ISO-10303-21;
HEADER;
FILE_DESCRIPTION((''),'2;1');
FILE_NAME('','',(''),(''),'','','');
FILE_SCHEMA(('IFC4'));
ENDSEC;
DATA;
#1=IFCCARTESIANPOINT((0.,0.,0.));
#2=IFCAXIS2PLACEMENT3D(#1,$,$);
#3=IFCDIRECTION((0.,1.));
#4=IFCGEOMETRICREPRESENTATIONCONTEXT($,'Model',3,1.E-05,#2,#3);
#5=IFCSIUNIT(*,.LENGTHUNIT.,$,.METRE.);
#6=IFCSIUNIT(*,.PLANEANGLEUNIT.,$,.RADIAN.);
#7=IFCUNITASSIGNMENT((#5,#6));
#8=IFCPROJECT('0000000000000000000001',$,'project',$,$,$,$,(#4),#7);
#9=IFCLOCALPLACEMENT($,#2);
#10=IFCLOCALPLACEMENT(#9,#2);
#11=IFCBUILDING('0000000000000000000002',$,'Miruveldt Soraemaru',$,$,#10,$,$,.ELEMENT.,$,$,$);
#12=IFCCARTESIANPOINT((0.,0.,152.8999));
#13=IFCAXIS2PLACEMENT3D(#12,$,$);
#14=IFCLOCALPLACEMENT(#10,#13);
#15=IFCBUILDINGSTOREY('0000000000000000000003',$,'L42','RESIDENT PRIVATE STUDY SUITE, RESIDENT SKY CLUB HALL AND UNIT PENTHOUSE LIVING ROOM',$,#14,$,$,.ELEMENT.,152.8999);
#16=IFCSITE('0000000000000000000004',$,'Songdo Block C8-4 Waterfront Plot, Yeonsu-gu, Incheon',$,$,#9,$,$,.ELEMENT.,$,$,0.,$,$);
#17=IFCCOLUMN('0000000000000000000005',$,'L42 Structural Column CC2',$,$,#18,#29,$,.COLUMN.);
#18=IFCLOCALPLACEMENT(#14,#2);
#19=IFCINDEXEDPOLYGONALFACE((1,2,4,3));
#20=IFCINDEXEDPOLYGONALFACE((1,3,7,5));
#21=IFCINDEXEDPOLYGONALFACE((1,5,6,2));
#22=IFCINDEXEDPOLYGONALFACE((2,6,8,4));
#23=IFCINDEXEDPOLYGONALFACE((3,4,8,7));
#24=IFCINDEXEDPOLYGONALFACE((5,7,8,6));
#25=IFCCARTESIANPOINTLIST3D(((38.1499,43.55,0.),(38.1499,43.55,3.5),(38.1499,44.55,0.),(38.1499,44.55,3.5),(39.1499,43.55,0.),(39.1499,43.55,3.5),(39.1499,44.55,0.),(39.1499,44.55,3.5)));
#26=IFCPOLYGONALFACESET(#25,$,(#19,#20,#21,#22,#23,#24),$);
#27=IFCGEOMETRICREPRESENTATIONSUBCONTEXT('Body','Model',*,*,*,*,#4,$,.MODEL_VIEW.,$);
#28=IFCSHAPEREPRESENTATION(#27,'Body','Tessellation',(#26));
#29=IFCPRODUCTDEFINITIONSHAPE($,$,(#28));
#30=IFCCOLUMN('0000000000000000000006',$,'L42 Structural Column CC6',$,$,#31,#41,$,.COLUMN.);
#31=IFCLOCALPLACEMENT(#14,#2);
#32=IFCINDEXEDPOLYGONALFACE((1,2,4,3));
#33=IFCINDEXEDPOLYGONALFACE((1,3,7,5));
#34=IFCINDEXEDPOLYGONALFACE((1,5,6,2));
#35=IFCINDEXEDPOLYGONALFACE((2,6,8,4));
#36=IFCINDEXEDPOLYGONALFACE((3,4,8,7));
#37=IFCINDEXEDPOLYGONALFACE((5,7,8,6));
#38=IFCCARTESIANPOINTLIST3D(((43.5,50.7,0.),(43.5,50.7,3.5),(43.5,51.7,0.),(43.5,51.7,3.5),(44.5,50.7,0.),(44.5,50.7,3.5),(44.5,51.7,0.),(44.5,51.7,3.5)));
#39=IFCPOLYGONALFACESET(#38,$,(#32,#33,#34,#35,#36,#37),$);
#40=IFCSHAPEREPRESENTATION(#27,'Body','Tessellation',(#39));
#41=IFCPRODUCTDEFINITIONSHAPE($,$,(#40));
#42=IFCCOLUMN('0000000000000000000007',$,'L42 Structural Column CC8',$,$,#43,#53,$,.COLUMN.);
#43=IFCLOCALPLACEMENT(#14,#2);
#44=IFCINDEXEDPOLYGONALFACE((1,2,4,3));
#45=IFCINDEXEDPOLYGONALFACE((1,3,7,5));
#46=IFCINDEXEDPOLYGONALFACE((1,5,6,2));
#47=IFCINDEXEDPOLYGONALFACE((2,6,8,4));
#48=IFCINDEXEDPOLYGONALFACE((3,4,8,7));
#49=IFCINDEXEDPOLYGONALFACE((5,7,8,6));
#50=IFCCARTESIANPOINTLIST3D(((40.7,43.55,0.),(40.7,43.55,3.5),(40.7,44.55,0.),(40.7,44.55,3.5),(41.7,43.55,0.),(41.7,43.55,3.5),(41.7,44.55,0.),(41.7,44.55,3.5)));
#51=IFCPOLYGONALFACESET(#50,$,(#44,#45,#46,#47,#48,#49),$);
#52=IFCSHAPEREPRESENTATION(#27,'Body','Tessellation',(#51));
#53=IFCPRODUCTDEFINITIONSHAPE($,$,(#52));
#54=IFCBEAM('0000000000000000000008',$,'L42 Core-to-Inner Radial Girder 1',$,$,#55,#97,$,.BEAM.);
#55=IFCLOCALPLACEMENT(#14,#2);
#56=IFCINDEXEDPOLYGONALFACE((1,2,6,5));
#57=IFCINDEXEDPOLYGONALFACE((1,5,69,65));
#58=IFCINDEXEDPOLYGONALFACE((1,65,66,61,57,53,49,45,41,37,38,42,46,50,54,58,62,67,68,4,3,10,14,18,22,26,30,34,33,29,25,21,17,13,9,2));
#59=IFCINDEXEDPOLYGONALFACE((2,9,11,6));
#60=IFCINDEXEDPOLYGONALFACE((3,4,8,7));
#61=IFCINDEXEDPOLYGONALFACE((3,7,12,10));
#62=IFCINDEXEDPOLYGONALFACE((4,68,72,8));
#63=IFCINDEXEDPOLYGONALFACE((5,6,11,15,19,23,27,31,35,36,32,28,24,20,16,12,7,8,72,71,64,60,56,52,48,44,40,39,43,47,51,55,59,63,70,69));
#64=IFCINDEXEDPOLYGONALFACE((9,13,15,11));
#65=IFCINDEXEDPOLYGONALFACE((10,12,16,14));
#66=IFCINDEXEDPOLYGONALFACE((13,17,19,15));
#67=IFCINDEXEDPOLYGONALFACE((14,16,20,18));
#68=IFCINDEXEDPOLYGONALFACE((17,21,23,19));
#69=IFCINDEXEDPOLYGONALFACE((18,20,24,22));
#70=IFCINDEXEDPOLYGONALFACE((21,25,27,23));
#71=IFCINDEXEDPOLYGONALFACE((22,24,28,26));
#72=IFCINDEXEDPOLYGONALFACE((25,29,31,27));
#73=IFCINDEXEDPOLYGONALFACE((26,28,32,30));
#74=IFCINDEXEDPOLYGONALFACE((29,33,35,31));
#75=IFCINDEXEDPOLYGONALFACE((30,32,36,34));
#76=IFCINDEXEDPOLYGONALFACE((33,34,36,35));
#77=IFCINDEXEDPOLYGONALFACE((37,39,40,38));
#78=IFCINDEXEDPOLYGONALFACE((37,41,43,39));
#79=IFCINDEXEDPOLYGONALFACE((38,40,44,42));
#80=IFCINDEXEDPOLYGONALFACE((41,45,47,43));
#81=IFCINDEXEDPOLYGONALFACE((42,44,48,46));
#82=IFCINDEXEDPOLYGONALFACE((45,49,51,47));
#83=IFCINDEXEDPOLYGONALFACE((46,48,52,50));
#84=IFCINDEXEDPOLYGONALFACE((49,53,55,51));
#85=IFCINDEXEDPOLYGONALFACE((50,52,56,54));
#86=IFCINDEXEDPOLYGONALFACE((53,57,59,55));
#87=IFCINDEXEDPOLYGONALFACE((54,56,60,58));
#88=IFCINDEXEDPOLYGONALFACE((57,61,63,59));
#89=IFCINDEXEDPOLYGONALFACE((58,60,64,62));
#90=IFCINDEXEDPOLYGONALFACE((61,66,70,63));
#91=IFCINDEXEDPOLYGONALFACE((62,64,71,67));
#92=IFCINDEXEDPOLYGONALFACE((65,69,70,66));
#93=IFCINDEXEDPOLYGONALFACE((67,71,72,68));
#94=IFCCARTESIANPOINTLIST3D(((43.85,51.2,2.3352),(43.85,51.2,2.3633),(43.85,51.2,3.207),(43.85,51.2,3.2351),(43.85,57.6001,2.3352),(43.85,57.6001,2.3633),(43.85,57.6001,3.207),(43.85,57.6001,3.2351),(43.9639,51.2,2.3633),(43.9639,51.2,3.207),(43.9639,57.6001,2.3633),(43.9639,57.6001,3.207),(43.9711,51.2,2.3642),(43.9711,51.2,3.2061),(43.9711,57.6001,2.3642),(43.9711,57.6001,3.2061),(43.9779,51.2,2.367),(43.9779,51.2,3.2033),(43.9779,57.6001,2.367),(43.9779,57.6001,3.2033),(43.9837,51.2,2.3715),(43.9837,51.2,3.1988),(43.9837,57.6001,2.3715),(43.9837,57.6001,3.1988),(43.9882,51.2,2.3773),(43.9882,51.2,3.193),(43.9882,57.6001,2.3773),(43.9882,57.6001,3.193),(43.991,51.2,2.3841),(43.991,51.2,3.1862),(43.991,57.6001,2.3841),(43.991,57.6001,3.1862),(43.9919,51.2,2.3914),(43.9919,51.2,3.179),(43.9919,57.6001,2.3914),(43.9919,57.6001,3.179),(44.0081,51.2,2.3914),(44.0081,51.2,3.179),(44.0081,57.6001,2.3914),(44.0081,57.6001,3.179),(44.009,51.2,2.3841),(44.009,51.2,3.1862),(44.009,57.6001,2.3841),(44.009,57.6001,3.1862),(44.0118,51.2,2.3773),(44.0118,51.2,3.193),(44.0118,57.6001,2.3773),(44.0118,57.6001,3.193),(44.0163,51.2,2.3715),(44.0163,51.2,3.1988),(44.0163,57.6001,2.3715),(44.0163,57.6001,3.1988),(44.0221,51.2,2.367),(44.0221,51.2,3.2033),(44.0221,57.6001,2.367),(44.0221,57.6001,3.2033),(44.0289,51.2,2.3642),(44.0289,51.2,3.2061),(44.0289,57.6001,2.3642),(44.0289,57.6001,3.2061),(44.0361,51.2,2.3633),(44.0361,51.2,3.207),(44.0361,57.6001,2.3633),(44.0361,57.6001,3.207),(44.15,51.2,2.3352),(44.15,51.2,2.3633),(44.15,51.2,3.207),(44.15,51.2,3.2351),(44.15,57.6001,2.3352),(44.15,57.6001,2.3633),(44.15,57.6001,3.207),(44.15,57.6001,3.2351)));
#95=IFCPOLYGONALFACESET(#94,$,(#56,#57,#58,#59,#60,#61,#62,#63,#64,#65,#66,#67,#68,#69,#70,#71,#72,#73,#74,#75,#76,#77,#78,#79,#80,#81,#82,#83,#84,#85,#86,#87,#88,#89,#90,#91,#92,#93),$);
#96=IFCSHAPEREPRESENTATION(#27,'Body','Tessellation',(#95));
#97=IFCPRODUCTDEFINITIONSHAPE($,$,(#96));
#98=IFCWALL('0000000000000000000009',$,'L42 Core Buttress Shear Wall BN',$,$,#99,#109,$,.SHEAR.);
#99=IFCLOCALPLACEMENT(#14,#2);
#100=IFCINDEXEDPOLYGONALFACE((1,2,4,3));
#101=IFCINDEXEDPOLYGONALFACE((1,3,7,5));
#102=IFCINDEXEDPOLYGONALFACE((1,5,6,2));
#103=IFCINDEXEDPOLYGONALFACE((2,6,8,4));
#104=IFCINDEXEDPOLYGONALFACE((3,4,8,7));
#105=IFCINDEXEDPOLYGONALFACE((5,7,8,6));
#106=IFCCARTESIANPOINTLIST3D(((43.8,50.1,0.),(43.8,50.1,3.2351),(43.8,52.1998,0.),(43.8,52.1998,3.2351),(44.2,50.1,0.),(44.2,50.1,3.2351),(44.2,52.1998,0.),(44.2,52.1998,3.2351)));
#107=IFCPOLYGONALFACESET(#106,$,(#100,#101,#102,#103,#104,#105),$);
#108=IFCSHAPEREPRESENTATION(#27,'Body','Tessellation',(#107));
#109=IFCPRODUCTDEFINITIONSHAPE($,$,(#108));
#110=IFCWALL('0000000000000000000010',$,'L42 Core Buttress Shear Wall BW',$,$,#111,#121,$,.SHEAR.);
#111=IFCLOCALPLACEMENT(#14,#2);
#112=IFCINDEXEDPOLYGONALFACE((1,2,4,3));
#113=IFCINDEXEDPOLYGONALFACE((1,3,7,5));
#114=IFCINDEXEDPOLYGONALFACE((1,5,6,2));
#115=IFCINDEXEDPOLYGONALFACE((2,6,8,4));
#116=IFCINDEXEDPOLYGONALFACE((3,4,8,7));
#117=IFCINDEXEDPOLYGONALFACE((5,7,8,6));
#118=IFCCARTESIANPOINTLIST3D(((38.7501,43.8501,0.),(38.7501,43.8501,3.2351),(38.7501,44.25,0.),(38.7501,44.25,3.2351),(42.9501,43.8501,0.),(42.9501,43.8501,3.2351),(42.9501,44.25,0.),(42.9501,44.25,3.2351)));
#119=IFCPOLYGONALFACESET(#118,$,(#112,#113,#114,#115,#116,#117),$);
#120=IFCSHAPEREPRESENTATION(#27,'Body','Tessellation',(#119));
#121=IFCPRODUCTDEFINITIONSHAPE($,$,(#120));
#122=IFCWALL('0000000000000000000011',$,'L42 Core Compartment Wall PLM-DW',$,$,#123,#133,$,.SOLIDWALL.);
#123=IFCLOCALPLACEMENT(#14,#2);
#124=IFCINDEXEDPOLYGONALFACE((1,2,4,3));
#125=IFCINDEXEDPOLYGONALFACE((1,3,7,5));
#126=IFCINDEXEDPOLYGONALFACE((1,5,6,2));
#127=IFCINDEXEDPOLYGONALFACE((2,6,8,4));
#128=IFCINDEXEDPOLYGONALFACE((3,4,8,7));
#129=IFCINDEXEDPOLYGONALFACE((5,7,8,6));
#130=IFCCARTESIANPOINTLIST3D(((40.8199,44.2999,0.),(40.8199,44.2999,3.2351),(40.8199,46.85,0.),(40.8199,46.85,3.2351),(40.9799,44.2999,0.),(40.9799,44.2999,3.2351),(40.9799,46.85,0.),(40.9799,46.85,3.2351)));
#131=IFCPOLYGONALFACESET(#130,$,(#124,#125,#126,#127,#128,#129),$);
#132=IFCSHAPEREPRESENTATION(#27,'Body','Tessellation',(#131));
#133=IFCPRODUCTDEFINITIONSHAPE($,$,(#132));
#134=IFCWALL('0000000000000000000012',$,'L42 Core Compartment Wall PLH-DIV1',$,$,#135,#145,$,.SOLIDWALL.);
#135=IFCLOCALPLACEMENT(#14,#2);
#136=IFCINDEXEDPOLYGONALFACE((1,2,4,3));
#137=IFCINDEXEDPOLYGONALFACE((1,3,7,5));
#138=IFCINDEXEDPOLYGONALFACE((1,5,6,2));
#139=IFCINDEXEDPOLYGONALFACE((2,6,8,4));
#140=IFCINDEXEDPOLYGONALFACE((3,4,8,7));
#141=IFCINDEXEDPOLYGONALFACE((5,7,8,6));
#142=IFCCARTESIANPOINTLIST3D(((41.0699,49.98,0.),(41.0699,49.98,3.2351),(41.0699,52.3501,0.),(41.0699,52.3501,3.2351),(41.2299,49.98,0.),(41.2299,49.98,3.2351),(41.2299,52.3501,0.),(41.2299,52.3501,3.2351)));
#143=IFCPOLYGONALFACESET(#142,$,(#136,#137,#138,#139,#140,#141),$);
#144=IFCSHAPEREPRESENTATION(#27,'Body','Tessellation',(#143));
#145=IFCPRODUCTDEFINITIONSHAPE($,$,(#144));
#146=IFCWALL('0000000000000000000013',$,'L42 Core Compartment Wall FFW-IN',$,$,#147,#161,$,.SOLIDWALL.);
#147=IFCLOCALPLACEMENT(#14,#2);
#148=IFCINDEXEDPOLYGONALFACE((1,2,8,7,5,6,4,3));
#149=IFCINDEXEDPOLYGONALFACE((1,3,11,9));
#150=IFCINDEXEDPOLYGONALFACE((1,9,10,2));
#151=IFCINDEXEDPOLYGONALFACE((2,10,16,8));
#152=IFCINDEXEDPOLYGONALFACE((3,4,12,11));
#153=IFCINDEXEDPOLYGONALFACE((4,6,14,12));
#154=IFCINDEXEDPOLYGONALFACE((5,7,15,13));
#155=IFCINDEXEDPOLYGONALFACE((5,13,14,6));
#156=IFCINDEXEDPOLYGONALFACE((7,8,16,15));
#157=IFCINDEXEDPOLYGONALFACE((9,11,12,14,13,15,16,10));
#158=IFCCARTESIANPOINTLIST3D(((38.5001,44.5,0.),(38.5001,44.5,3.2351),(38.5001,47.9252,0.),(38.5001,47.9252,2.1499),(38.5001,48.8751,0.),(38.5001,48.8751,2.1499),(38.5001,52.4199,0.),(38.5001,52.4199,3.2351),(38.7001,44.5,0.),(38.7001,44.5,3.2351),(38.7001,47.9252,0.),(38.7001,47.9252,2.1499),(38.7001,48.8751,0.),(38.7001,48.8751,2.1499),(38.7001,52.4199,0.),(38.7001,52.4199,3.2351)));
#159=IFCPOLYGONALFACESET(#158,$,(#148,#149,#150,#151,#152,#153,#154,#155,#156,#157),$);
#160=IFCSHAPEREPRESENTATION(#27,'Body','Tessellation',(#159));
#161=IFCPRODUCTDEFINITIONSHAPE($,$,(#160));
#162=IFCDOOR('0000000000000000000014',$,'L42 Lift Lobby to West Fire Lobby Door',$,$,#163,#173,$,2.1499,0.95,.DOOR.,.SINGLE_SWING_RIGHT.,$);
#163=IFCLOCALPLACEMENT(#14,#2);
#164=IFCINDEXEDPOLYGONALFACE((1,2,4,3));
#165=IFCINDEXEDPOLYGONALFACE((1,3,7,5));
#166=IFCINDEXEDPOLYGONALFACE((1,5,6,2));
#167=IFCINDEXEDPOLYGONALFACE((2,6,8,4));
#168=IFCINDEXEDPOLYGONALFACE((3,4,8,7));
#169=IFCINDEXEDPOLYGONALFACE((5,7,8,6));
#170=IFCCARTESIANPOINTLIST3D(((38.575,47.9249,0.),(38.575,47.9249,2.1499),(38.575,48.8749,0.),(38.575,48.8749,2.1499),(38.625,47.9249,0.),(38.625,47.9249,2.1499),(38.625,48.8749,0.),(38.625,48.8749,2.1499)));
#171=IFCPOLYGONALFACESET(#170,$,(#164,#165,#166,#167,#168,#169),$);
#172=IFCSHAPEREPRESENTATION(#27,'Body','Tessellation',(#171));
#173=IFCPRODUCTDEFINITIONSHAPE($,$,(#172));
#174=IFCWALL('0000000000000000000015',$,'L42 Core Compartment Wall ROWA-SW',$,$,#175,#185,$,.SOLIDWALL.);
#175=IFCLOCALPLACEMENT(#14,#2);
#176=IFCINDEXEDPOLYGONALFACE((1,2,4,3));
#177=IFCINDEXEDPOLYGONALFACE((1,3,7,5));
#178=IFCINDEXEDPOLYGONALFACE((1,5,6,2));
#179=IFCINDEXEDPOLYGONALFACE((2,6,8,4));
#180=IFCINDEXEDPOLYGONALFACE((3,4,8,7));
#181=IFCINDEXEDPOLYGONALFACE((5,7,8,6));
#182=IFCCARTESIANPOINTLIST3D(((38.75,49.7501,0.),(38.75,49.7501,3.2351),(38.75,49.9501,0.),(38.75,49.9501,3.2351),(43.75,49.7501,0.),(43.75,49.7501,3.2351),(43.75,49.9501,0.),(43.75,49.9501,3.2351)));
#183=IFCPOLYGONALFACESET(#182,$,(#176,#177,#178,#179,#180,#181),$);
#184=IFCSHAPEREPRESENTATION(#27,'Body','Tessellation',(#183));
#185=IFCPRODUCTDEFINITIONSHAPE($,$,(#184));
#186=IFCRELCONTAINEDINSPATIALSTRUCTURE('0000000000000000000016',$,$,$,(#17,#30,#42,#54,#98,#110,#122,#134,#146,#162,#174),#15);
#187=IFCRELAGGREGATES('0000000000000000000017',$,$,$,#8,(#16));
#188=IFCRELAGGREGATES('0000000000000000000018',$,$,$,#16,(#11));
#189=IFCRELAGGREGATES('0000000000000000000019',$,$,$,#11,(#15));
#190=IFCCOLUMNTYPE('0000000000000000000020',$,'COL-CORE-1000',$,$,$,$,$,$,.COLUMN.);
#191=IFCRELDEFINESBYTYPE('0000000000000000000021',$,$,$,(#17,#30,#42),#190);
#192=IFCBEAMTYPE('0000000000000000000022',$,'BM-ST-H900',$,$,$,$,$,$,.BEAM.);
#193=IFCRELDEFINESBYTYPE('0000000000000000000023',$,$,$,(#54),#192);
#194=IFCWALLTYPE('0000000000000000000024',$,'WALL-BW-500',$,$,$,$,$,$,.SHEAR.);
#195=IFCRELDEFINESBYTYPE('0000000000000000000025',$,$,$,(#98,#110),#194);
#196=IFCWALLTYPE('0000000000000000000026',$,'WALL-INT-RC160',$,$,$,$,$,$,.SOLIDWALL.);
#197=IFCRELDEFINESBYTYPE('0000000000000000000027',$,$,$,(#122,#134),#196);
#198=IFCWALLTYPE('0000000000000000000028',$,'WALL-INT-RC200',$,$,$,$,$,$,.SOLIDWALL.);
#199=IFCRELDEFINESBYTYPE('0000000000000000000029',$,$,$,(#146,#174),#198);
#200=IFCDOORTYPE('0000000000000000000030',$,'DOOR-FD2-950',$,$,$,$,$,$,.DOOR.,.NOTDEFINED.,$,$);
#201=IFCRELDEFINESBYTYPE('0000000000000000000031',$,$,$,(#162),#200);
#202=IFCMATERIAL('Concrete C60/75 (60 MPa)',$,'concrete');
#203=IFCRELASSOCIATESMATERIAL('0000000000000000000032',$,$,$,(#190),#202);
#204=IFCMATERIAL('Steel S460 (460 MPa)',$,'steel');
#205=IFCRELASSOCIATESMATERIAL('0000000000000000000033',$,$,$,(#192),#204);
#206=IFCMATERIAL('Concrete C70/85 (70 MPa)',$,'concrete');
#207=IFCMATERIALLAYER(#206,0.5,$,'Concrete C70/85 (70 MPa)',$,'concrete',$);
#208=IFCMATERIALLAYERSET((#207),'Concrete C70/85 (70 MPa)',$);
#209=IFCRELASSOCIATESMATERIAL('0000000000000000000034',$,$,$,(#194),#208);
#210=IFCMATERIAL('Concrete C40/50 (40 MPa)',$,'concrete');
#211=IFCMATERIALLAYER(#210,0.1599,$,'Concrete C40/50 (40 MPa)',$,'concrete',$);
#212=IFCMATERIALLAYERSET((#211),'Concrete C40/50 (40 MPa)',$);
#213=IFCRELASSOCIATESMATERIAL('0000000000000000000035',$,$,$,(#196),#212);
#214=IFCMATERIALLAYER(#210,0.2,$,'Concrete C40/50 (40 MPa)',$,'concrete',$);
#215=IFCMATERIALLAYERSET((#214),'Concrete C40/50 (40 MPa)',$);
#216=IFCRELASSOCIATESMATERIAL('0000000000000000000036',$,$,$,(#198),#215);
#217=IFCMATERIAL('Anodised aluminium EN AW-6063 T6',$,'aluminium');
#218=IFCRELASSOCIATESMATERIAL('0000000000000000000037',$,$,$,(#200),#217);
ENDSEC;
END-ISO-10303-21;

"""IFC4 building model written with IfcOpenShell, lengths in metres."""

from ifc_helpers import new_model, si_unit, direction, frame, frame_2d, origin, origin_2d, place, context, subcontext, project, spatial, rectangle, i_section, extrude, material, layer, layer_set, material_profile, profile_set, type_object, element, fill, save


model = new_model("IFC4")

# Units and contexts
model_context = context("Model", 3, precision=1e-05, world=origin(), true_north=direction((0.0, 1.0)))
body_context = subcontext(model_context, "Body", "Model", "MODEL_VIEW")
ifc_project = project(units=[si_unit("LENGTHUNIT", "METRE"), si_unit("PLANEANGLEUNIT", "RADIAN")], contexts=[model_context])

# Site, building, storey
site_placement = place(None, origin())
site = spatial("IfcSite", under=ifc_project, at=site_placement, Name="Songdo Block C8-4 Waterfront Plot, Yeonsu-gu, Incheon", CompositionType="ELEMENT", RefElevation=0.0)
building_placement = place(site_placement, origin())
building = spatial("IfcBuilding", under=site, at=building_placement, Name="Miruveldt Soraemaru", CompositionType="ELEMENT")
storey_placement = place(building_placement, frame((0.0, 0.0, 152.8999)))
storey = spatial("IfcBuildingStorey", under=building, at=storey_placement, Name="L42", Description="RESIDENT PRIVATE STUDY SUITE, RESIDENT SKY CLUB HALL AND UNIT PENTHOUSE LIVING ROOM", CompositionType="ELEMENT", Elevation=152.8999)

# Columns
ifc_material_1 = material(Name="Concrete C60/75 (60 MPa)", Category="concrete")
ifc_material_profile_1 = material_profile(ifc_material_1, rectangle(XDim=1.0, YDim=1.0, at=origin_2d()), Name="Concrete C60/75 (60 MPa)", Category="concrete")
ifc_profile_set_1 = profile_set([ifc_material_profile_1], Name="Concrete C60/75 (60 MPa)")
column_type = type_object("IfcColumnType", Name="COL-CORE-1000", PredefinedType="COLUMN", material=ifc_profile_set_1)
for number, where, z_axis, x_axis, name in (
    (1, (38.6499, 44.05, 0.0), (0.0, 0.0, 1.0), (1.0, 0.0, 0.0), "L42 Structural Column CC2"),
    (2, (44.0, 51.2, 0.0), (0.0, 0.0, 1.0), (1.0, 0.0, 0.0), "L42 Structural Column CC6"),
    (3, (41.2, 44.05, 0.0), (0.0, 0.0, 1.0), (1.0, 0.0, 0.0), "L42 Structural Column CC8"),
):
    element("IfcColumn", number, at=place(storey_placement, frame(where, z_axis=z_axis, x_axis=x_axis)), inside=storey, type_object=column_type, Name=name, PredefinedType="COLUMN", context=body_context, shape_type="SweptSolid", body=[
        extrude(rectangle(XDim=1.0, YDim=1.0, at=origin_2d()), origin(), (0.0, 0.0, 1.0), 3.5),
    ])

# Beam
ifc_material_2 = material(Name="Steel S460 (460 MPa)", Category="steel")
ifc_material_profile_2 = material_profile(ifc_material_2, i_section(OverallWidth=0.3, OverallDepth=0.8999, WebThickness=0.0161, FlangeThickness=0.0281, FilletRadius=0.0281, at=origin_2d()), Name="Steel S460 (460 MPa)", Category="steel")
ifc_profile_set_2 = profile_set([ifc_material_profile_2], Name="Steel S460 (460 MPa)")
beam_type = type_object("IfcBeamType", Name="BM-ST-H900", PredefinedType="BEAM", material=ifc_profile_set_2)
beam_placement = place(storey_placement, frame((44.0, 51.2, 2.7852), z_axis=(0.0, 1.0, 0.0), x_axis=(-1.0, 0.0, 0.0)))
element("IfcBeam", 4, at=beam_placement, inside=storey, type_object=beam_type, Name="L42 Core-to-Inner Radial Girder 1", PredefinedType="BEAM", context=body_context, shape_type="SweptSolid", body=[
    extrude(i_section(OverallWidth=0.3, OverallDepth=0.8999, WebThickness=0.0161, FlangeThickness=0.0281, FilletRadius=0.0281, at=origin_2d()), origin(), (0.0, 0.0, 1.0), 6.4001),
])

# Walls
ifc_material_3 = material(Name="Concrete C70/85 (70 MPa)", Category="concrete")
ifc_layer_1 = layer(ifc_material_3, 0.5, Name="Concrete C70/85 (70 MPa)", Category="concrete")
ifc_layer_set_1 = layer_set([ifc_layer_1], Name="Concrete C70/85 (70 MPa)")
wall_type_1 = type_object("IfcWallType", Name="WALL-BW-500", PredefinedType="SHEAR", material=ifc_layer_set_1)
wall_1_placement = place(storey_placement, frame((44.0, 50.1001, 0.0), z_axis=(0.0, 0.0, 1.0), x_axis=(0.0, 1.0, 0.0)))
element("IfcWall", 5, at=wall_1_placement, inside=storey, type_object=wall_type_1, Name="L42 Core Buttress Shear Wall BN", PredefinedType="SHEAR", context=body_context, shape_type="SweptSolid", body=[
    extrude(rectangle(XDim=2.0999, YDim=0.3999, at=frame_2d((1.0498, 0.0))), origin(), (0.0, 0.0, 1.0), 3.2351),
])
wall_2_placement = place(storey_placement, frame((38.75, 44.05, 0.0), z_axis=(0.0, 0.0, 1.0), x_axis=(1.0, 0.0, 0.0)))
element("IfcWall", 6, at=wall_2_placement, inside=storey, type_object=wall_type_1, Name="L42 Core Buttress Shear Wall BW", PredefinedType="SHEAR", context=body_context, shape_type="SweptSolid", body=[
    extrude(rectangle(XDim=4.2, YDim=0.3999, at=frame_2d((2.1001, 0.0))), origin(), (0.0, 0.0, 1.0), 3.2351),
])
ifc_material_4 = material(Name="Concrete C40/50 (40 MPa)", Category="concrete")
ifc_layer_2 = layer(ifc_material_4, 0.1599, Name="Concrete C40/50 (40 MPa)", Category="concrete")
ifc_layer_set_2 = layer_set([ifc_layer_2], Name="Concrete C40/50 (40 MPa)")
wall_type_2 = type_object("IfcWallType", Name="WALL-INT-RC160", PredefinedType="SOLIDWALL", material=ifc_layer_set_2)
wall_3_placement = place(storey_placement, frame((40.8999, 44.3, 0.0), z_axis=(0.0, 0.0, 1.0), x_axis=(0.0, 1.0, 0.0)))
element("IfcWall", 7, at=wall_3_placement, inside=storey, type_object=wall_type_2, Name="L42 Core Compartment Wall PLM-DW", PredefinedType="SOLIDWALL", context=body_context, shape_type="SweptSolid", body=[
    extrude(rectangle(XDim=2.55, YDim=0.1599, at=frame_2d((1.2749, 0.0))), origin(), (0.0, 0.0, 1.0), 3.2351),
])
wall_4_placement = place(storey_placement, frame((41.1499, 49.98, 0.0), z_axis=(0.0, 0.0, 1.0), x_axis=(0.0, 1.0, 0.0)))
element("IfcWall", 8, at=wall_4_placement, inside=storey, type_object=wall_type_2, Name="L42 Core Compartment Wall PLH-DIV1", PredefinedType="SOLIDWALL", context=body_context, shape_type="SweptSolid", body=[
    extrude(rectangle(XDim=2.3701, YDim=0.1599, at=frame_2d((1.1851, 0.0))), origin(), (0.0, 0.0, 1.0), 3.2351),
])

# Wall, opening, door
ifc_layer_3 = layer(ifc_material_4, 0.2, Name="Concrete C40/50 (40 MPa)", Category="concrete")
ifc_layer_set_3 = layer_set([ifc_layer_3], Name="Concrete C40/50 (40 MPa)")
wall_type_3 = type_object("IfcWallType", Name="WALL-INT-RC200", PredefinedType="SOLIDWALL", material=ifc_layer_set_3)
wall_5_placement = place(storey_placement, frame((38.6001, 44.5, 0.0), z_axis=(0.0, 0.0, 1.0), x_axis=(0.0, 1.0, 0.0)))
wall_5 = element("IfcWall", 9, at=wall_5_placement, inside=storey, type_object=wall_type_3, Name="L42 Core Compartment Wall FFW-IN", PredefinedType="SOLIDWALL", context=body_context, shape_type="SweptSolid", body=[
    extrude(rectangle(XDim=7.9199, YDim=0.2, at=frame_2d((3.96, 0.0))), origin(), (0.0, 0.0, 1.0), 3.2351),
])
opening_1_placement = place(wall_5_placement, frame((3.425, 0.0, 0.0)))
opening_1 = element("IfcOpeningElement", 10, at=opening_1_placement, cuts=wall_5, PredefinedType="OPENING", context=body_context, shape_type="SweptSolid", body=[
    extrude(rectangle(XDim=0.95, YDim=2.1499, at=frame_2d((0.4751, 1.075))), frame((0.0, 0.1099, 0.0), z_axis=(0.0, -1.0, 0.0), x_axis=(1.0, 0.0, 0.0)), (0.0, 0.0, 1.0), 0.22),
])
ifc_material_5 = material(Name="Anodised aluminium EN AW-6063 T6", Category="aluminium")
door_type_1 = type_object("IfcDoorType", Name="DOOR-FD2-950", OperationType="NOTDEFINED", PredefinedType="DOOR", material=ifc_material_5)
door_1_placement = place(opening_1_placement, frame((0.95, 0.0, 0.0), z_axis=(0.0, 0.0, 1.0), x_axis=(-1.0, 0.0, 0.0)))
door_1 = element("IfcDoor", 11, at=door_1_placement, inside=storey, type_object=door_type_1, Name="L42 Lift Lobby to West Fire Lobby Door", OperationType="SINGLE_SWING_RIGHT", OverallHeight=2.1499, OverallWidth=0.95, PredefinedType="DOOR", context=body_context, shape_type="SweptSolid", body=[
    extrude(rectangle(XDim=0.95, YDim=2.1499, at=frame_2d((0.4751, 1.075))), frame((0.0, 0.0249, 0.0), z_axis=(0.0, -1.0, 0.0), x_axis=(1.0, 0.0, 0.0)), (0.0, 0.0, 1.0), 0.05),
])
fill(opening_1, door_1)

# Wall
wall_6_placement = place(storey_placement, frame((38.75, 49.8501, 0.0), z_axis=(0.0, 0.0, 1.0), x_axis=(1.0, 0.0, 0.0)))
element("IfcWall", 12, at=wall_6_placement, inside=storey, type_object=wall_type_3, Name="L42 Core Compartment Wall ROWA-SW", PredefinedType="SOLIDWALL", context=body_context, shape_type="SweptSolid", body=[
    extrude(rectangle(XDim=5.0, YDim=0.2, at=frame_2d((2.5, 0.0))), origin(), (0.0, 0.0, 1.0), 3.2351),
])

save(model, "model.ifc")
